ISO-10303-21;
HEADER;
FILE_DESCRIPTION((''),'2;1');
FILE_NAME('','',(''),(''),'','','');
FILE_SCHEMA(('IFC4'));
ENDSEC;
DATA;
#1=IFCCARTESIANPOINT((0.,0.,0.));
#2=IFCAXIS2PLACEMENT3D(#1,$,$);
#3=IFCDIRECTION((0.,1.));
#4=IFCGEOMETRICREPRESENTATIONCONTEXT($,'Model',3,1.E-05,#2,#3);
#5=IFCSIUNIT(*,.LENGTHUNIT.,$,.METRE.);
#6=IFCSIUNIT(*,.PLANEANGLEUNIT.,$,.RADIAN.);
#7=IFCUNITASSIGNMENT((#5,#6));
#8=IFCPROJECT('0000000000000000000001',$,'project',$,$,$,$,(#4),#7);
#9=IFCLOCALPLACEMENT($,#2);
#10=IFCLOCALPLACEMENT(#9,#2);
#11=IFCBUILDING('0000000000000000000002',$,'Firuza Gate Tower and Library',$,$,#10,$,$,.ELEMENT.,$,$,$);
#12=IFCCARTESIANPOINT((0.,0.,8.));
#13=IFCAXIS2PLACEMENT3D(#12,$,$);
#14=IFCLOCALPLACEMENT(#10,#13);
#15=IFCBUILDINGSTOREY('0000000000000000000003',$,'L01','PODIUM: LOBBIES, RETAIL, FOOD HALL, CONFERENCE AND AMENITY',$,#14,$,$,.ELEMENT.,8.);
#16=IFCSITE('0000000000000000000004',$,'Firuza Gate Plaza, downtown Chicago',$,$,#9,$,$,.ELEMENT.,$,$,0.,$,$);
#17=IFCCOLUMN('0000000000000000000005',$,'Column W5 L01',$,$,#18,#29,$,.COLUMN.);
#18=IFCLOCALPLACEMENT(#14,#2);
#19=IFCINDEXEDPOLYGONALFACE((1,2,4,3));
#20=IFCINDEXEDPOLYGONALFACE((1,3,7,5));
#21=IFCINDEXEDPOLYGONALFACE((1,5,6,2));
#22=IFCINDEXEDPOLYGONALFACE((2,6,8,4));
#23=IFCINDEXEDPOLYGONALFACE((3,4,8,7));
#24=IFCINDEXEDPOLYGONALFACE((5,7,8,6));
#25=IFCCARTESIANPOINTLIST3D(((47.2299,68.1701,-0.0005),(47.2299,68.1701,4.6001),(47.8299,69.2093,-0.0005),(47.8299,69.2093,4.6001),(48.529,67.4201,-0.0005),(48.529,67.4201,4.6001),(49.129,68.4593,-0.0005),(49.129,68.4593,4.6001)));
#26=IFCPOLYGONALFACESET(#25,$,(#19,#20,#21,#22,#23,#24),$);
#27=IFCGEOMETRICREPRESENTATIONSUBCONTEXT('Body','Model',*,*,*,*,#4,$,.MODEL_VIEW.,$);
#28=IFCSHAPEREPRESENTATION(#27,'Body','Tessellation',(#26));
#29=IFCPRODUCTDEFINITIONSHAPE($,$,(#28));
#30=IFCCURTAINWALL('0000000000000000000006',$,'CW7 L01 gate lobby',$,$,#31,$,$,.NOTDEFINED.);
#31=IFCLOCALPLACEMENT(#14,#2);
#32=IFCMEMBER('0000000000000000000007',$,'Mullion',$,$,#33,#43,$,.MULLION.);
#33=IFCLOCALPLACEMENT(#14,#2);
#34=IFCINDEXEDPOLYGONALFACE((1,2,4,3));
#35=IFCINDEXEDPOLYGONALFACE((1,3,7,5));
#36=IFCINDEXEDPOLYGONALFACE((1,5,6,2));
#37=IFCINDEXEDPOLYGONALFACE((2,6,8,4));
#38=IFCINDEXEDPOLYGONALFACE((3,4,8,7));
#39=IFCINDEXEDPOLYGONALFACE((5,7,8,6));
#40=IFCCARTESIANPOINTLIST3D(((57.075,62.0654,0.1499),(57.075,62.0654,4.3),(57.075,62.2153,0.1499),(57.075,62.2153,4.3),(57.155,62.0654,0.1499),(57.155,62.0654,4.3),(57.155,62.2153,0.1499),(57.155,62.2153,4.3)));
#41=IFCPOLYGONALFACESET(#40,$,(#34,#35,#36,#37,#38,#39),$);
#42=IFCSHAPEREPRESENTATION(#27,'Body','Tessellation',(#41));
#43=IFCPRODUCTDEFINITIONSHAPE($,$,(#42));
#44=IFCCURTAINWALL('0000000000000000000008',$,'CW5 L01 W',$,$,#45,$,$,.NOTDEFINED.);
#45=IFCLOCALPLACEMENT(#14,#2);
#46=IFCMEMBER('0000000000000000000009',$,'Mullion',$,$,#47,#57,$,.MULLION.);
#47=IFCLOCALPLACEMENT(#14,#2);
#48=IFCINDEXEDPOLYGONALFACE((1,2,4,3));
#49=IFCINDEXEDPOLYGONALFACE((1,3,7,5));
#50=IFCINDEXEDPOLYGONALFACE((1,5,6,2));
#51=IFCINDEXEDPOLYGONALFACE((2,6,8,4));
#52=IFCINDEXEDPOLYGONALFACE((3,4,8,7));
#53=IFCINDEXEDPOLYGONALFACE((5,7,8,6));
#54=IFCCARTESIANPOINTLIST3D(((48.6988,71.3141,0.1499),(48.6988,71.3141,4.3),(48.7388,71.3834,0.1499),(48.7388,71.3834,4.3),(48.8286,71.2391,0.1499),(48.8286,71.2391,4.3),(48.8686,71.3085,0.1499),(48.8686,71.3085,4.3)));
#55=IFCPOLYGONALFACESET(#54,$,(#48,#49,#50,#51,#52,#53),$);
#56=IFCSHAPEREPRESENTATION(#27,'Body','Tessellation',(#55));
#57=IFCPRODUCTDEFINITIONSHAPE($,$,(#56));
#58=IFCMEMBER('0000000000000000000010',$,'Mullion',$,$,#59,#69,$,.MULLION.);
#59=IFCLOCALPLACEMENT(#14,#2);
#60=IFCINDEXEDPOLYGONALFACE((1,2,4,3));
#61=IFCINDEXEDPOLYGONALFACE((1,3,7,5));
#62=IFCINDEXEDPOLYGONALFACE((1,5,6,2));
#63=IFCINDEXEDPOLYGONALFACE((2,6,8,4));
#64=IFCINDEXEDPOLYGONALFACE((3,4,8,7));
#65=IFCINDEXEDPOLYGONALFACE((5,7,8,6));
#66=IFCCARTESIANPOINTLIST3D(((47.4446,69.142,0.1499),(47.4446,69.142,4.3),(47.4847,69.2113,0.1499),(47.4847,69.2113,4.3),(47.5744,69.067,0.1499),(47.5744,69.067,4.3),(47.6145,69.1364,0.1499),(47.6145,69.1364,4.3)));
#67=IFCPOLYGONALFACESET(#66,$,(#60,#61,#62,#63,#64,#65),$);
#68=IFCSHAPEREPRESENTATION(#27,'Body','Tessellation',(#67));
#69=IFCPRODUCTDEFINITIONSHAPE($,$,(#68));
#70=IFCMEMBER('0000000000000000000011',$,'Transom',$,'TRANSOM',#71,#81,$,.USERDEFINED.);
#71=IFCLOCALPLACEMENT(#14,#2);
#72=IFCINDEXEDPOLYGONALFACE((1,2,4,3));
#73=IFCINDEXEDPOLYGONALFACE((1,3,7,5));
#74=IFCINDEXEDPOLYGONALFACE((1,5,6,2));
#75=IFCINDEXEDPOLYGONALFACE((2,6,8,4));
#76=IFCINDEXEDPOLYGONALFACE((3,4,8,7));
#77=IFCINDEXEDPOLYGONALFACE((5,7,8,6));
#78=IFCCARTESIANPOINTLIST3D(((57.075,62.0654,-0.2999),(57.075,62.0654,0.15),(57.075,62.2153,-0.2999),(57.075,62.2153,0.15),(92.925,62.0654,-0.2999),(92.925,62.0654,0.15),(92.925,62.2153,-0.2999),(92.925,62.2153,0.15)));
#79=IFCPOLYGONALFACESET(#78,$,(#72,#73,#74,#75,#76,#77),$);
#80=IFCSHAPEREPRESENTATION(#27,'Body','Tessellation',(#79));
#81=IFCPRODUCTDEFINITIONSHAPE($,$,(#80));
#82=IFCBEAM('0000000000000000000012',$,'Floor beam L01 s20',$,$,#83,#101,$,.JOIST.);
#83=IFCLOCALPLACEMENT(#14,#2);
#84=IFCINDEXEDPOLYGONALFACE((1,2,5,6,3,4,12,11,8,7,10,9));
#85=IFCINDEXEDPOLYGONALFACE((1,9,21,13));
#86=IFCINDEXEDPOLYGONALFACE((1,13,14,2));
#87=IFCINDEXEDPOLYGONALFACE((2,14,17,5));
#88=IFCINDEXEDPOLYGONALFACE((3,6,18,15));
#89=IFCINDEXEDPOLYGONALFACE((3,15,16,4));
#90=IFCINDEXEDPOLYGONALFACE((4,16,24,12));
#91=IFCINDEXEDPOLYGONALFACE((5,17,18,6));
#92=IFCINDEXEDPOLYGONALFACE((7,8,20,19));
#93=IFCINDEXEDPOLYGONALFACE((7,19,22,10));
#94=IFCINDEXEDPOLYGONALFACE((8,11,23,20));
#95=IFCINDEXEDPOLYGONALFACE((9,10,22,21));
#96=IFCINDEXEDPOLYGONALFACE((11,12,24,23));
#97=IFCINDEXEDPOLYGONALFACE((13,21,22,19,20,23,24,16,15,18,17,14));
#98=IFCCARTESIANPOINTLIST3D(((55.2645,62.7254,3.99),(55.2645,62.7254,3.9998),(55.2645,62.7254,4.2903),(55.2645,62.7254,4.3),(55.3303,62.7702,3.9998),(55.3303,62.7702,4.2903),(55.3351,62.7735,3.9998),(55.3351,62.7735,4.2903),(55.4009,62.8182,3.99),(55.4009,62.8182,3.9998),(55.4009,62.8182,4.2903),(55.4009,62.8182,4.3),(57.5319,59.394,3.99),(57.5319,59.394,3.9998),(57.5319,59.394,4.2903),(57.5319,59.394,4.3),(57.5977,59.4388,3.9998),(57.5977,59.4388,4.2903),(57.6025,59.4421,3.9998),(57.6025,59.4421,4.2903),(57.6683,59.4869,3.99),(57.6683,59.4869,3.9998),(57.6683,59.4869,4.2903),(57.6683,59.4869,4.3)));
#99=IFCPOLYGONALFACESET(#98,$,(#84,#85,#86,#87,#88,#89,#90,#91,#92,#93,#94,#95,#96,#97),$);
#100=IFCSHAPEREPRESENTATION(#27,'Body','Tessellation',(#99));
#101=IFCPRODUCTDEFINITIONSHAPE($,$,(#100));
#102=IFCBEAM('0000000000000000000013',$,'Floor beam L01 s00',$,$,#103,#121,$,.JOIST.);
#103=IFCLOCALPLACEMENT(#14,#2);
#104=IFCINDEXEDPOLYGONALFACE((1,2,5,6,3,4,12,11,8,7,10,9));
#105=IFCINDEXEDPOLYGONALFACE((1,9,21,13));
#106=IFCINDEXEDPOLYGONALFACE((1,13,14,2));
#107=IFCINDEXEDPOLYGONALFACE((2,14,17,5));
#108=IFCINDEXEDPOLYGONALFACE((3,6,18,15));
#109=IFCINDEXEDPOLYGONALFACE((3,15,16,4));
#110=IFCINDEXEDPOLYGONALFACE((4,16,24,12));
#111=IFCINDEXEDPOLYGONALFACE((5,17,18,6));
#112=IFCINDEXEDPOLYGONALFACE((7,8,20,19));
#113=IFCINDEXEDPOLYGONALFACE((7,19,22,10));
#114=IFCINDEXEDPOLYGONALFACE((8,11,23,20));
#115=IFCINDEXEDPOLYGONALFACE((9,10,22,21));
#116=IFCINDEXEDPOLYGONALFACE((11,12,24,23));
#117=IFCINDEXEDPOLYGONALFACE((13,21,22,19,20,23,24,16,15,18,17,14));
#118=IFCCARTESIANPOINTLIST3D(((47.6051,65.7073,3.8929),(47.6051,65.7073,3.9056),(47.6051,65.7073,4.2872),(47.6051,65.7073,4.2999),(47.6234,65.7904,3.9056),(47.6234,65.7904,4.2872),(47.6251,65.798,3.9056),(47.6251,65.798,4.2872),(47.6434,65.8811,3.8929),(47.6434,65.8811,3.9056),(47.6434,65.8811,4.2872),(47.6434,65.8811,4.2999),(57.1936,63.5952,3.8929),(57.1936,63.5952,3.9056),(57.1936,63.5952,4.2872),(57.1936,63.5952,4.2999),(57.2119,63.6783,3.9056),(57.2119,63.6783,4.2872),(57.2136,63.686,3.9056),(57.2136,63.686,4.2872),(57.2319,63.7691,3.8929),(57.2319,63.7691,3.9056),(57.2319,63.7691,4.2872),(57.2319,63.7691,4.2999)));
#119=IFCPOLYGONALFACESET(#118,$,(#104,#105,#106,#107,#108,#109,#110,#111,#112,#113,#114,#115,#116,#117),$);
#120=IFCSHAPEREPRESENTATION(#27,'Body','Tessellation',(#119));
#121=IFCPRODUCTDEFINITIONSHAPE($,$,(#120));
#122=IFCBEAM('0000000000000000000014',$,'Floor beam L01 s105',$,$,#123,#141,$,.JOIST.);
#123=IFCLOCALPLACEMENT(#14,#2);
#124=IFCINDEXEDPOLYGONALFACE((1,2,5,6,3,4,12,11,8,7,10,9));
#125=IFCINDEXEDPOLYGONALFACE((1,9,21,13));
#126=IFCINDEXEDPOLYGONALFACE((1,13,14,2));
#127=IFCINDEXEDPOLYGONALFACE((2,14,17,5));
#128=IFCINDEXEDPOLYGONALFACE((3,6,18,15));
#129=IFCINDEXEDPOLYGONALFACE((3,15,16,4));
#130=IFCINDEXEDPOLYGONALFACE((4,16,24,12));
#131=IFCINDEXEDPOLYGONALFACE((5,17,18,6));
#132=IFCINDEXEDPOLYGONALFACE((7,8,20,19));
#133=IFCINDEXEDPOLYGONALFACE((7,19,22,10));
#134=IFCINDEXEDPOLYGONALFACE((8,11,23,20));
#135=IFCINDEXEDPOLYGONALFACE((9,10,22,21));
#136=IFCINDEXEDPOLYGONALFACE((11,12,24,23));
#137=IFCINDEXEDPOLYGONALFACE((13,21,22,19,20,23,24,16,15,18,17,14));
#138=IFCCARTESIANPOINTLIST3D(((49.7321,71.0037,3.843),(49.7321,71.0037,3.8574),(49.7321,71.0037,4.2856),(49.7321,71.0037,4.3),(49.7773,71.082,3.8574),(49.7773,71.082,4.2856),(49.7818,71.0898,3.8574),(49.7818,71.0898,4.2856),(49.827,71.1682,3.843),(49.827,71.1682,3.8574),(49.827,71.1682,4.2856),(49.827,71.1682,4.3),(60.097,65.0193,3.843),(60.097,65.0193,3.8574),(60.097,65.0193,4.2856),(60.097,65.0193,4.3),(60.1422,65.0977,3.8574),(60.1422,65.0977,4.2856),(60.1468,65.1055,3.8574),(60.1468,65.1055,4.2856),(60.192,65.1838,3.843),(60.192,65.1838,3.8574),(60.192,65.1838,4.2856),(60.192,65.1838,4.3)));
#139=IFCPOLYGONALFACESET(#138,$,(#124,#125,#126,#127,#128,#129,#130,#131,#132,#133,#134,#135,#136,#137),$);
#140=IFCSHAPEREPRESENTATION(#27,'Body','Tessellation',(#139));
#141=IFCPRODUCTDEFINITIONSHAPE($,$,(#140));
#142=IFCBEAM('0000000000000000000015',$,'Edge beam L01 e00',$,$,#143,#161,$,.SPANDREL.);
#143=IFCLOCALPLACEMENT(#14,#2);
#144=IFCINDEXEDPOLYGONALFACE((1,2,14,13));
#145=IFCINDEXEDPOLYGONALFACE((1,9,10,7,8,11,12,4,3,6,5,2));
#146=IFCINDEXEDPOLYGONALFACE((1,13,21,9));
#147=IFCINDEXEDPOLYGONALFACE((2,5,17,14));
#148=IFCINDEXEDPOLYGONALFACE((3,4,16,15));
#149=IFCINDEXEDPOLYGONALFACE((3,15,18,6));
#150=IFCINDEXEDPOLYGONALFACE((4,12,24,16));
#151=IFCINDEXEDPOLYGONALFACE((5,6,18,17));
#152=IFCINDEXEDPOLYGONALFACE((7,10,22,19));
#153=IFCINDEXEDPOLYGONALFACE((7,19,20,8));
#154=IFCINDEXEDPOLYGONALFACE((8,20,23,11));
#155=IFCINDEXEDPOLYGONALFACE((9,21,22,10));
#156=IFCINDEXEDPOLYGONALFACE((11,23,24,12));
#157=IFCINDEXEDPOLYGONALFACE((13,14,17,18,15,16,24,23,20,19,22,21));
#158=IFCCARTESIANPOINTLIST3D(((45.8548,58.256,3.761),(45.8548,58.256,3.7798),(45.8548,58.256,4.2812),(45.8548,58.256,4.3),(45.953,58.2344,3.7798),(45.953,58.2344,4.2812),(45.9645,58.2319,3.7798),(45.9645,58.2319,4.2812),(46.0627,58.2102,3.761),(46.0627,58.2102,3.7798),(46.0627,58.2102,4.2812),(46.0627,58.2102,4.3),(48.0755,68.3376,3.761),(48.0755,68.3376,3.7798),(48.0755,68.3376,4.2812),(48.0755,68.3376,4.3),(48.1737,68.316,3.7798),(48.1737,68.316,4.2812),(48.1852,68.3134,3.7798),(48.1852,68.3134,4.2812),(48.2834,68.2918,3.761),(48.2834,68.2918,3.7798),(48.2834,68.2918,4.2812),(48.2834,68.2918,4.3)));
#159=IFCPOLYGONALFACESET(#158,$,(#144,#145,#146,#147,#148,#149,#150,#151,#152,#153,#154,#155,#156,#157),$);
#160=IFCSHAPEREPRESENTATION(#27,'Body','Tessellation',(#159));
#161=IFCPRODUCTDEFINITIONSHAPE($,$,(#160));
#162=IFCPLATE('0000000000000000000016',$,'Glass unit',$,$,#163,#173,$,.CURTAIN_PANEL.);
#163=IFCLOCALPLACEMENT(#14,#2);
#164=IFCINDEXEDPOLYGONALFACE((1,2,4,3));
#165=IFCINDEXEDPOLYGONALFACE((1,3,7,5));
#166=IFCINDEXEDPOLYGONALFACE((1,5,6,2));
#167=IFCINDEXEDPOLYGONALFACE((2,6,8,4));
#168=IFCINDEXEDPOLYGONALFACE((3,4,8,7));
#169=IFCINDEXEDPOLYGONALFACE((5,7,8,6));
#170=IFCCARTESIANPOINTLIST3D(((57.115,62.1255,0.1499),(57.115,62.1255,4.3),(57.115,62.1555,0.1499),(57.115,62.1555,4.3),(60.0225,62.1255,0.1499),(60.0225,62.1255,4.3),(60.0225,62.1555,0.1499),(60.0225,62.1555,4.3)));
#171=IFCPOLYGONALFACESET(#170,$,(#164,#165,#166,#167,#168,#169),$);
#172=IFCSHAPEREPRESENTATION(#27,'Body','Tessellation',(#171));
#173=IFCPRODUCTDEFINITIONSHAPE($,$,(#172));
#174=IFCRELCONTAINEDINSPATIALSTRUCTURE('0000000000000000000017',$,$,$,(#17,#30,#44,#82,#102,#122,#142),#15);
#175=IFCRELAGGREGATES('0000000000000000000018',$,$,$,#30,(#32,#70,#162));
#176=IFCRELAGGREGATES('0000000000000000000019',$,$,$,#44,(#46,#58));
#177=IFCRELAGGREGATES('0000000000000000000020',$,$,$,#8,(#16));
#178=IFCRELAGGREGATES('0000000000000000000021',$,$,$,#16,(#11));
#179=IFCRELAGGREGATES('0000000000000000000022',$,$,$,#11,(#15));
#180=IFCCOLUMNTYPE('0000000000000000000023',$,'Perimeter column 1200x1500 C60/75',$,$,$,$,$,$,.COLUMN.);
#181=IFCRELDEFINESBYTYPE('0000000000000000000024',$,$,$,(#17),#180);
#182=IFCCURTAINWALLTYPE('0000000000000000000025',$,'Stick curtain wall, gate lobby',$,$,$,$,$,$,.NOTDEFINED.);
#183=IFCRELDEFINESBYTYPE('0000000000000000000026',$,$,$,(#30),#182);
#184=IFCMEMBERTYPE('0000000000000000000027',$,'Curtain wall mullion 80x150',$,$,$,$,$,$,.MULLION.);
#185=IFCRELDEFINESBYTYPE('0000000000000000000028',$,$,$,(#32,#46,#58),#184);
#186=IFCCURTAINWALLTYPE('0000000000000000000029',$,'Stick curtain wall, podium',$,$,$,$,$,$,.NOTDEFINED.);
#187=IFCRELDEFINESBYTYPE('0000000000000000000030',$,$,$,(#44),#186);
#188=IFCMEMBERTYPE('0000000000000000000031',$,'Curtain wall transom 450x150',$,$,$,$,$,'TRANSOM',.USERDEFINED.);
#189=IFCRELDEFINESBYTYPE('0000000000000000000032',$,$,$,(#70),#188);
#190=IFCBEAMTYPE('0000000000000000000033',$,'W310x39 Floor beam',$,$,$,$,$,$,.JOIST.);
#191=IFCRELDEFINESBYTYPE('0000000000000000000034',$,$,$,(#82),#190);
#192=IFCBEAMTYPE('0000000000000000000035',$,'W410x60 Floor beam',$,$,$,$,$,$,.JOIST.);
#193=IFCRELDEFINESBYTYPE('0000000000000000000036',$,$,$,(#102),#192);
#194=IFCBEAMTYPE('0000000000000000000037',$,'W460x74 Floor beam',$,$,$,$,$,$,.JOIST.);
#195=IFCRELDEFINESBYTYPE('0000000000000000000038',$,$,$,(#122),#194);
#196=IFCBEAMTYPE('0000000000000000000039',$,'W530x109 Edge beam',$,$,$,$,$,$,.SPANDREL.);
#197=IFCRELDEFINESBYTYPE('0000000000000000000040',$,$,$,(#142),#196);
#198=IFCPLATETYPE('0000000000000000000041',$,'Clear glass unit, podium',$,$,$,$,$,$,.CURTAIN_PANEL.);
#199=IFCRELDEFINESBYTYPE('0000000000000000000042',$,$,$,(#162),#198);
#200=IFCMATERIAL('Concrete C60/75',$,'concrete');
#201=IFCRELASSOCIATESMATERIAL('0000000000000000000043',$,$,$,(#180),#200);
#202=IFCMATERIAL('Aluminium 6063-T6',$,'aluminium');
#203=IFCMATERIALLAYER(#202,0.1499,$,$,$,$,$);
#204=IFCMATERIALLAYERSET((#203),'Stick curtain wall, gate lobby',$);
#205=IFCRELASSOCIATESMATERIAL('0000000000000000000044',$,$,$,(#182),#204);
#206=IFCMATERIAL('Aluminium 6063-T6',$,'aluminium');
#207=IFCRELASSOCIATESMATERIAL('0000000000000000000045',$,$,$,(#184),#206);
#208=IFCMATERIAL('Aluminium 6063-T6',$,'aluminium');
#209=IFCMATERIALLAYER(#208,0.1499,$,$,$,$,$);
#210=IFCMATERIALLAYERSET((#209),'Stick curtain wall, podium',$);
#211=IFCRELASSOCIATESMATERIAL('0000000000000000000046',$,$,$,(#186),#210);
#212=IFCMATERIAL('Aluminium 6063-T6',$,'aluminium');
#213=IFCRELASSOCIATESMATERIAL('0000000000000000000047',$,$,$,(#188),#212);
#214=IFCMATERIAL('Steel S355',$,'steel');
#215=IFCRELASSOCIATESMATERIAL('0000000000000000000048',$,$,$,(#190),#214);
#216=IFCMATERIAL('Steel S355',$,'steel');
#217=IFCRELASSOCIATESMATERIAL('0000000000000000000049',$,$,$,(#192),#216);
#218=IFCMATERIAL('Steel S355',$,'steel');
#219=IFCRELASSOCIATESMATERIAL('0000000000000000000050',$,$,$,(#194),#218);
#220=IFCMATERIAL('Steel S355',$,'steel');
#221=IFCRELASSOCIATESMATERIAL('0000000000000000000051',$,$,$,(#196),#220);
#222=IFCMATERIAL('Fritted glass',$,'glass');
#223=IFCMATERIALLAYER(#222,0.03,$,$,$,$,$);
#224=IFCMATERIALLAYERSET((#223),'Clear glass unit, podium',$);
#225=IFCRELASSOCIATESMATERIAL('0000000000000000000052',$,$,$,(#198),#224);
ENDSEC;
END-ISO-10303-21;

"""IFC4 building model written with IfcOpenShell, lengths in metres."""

from ifc_helpers import new_model, si_unit, direction, frame, origin, origin_2d, place, context, subcontext, project, spatial, polyline, rectangle, i_section, outline, extrude, material, layer, layer_set, material_profile, profile_set, type_object, element, aggregate, save


model = new_model("IFC4")

# Units and contexts
model_context = context("Model", 3, precision=1e-05, world=origin(), true_north=direction((0.0, 1.0)))
body_context = subcontext(model_context, "Body", "Model", "MODEL_VIEW")
ifc_project = project(units=[si_unit("LENGTHUNIT", "METRE"), si_unit("PLANEANGLEUNIT", "RADIAN")], contexts=[model_context])

# Site, building, storey
site_placement = place(None, origin())
site = spatial("IfcSite", under=ifc_project, at=site_placement, Name="Firuza Gate Plaza, downtown Chicago", CompositionType="ELEMENT", RefElevation=0.0)
building_placement = place(site_placement, origin())
building = spatial("IfcBuilding", under=site, at=building_placement, Name="Firuza Gate Tower and Library", CompositionType="ELEMENT")
storey_placement = place(building_placement, frame((0.0, 0.0, 8.0)))
storey = spatial("IfcBuildingStorey", under=building, at=storey_placement, Name="L01", Description="PODIUM: LOBBIES, RETAIL, FOOD HALL, CONFERENCE AND AMENITY", CompositionType="ELEMENT", Elevation=8.0)

# Column
ifc_material_1 = material(Name="Concrete C60/75", Category="concrete")
ifc_material_profile_1 = material_profile(ifc_material_1, rectangle(XDim=1.2, YDim=1.5, at=origin_2d()))
ifc_profile_set_1 = profile_set([ifc_material_profile_1], Name="Concrete C60/75")
column_type = type_object("IfcColumnType", Name="Perimeter column 1200x1500 C60/75", PredefinedType="COLUMN", material=ifc_profile_set_1)
column_placement = place(storey_placement, frame((48.1794, 68.3147, -0.0005), z_axis=(0.0, 0.0, 1.0), x_axis=(-0.5, -0.866025, 0.0)))
element("IfcColumn", 1, at=column_placement, inside=storey, type_object=column_type, Name="Column W5 L01", PredefinedType="COLUMN", context=body_context, shape_type="SweptSolid", body=[
    extrude(rectangle(XDim=1.2, YDim=1.5, at=origin_2d()), origin(), (0.0, 0.0, 1.0), 4.6006),
])

# Curtain wall, member
ifc_material_2 = material(Name="Aluminium 6063-T6", Category="aluminium")
ifc_layer_1 = layer(ifc_material_2, 0.1499)
ifc_layer_set_1 = layer_set([ifc_layer_1], Name="Stick curtain wall, gate lobby")
curtain_wall_type_1 = type_object("IfcCurtainWallType", Name="Stick curtain wall, gate lobby", PredefinedType="NOTDEFINED", material=ifc_layer_set_1)
placement = place(storey_placement, origin())
curtain_wall_1 = element("IfcCurtainWall", 2, at=placement, inside=storey, type_object=curtain_wall_type_1, Name="CW7 L01 gate lobby", PredefinedType="NOTDEFINED")
ifc_material_3 = material(Name="Aluminium 6063-T6", Category="aluminium")
ifc_material_profile_2 = material_profile(ifc_material_3, rectangle(XDim=0.1499, YDim=0.0801, at=origin_2d()))
ifc_profile_set_2 = profile_set([ifc_material_profile_2], Name="Aluminium 6063-T6")
member_type_1 = type_object("IfcMemberType", Name="Curtain wall mullion 80x150", PredefinedType="MULLION", material=ifc_profile_set_2)
member_1_placement = place(storey_placement, frame((57.115, 62.1404, 0.1499), z_axis=(0.0, 0.0, 1.0), x_axis=(0.0, 1.0, 0.0)))
member_1 = element("IfcMember", 3, at=member_1_placement, type_object=member_type_1, Name="Mullion", PredefinedType="MULLION", context=body_context, shape_type="SweptSolid", body=[
    extrude(rectangle(XDim=0.1499, YDim=0.0801, at=origin_2d()), origin(), (0.0, 0.0, 1.0), 4.1501),
])

# Curtain wall, members
ifc_material_4 = material(Name="Aluminium 6063-T6", Category="aluminium")
ifc_layer_2 = layer(ifc_material_4, 0.1499)
ifc_layer_set_2 = layer_set([ifc_layer_2], Name="Stick curtain wall, podium")
curtain_wall_type_2 = type_object("IfcCurtainWallType", Name="Stick curtain wall, podium", PredefinedType="NOTDEFINED", material=ifc_layer_set_2)
curtain_wall_2 = element("IfcCurtainWall", 4, at=placement, inside=storey, type_object=curtain_wall_type_2, Name="CW5 L01 W", PredefinedType="NOTDEFINED")
member_2_placement = place(storey_placement, frame((48.7837, 71.3113, 0.1499), z_axis=(0.0, 0.0, 1.0), x_axis=(0.866025, -0.5, 0.0)))
member_2 = element("IfcMember", 5, at=member_2_placement, type_object=member_type_1, Name="Mullion", PredefinedType="MULLION", context=body_context, shape_type="SweptSolid", body=[
    extrude(rectangle(XDim=0.1499, YDim=0.0801, at=origin_2d()), origin(), (0.0, 0.0, 1.0), 4.1501),
])
member_3_placement = place(storey_placement, frame((47.5295, 69.1392, 0.1499), z_axis=(0.0, 0.0, 1.0), x_axis=(0.866025, -0.5, 0.0)))
member_3 = element("IfcMember", 6, at=member_3_placement, type_object=member_type_1, Name="Mullion", PredefinedType="MULLION", context=body_context, shape_type="SweptSolid", body=[
    extrude(rectangle(XDim=0.1499, YDim=0.0801, at=origin_2d()), origin(), (0.0, 0.0, 1.0), 4.1501),
])

# Member
ifc_material_5 = material(Name="Aluminium 6063-T6", Category="aluminium")
ifc_material_profile_3 = material_profile(ifc_material_5, rectangle(XDim=0.1499, YDim=0.45, at=origin_2d()))
ifc_profile_set_3 = profile_set([ifc_material_profile_3], Name="Aluminium 6063-T6")
member_type_2 = type_object("IfcMemberType", Name="Curtain wall transom 450x150", ElementType="TRANSOM", PredefinedType="USERDEFINED", material=ifc_profile_set_3)
member_4_placement = place(storey_placement, frame((57.075, 62.1404, -0.075), z_axis=(1.0, 0.0, 0.0), x_axis=(0.0, 1.0, 0.0)))
member_4 = element("IfcMember", 7, at=member_4_placement, type_object=member_type_2, Name="Transom", ObjectType="TRANSOM", PredefinedType="USERDEFINED", context=body_context, shape_type="SweptSolid", body=[
    extrude(rectangle(XDim=0.1499, YDim=0.45, at=origin_2d()), origin(), (0.0, 0.0, 1.0), 35.8501),
])

# Beams
ifc_material_6 = material(Name="Steel S355", Category="steel")
ifc_material_profile_4 = material_profile(ifc_material_6, i_section(OverallWidth=0.165, OverallDepth=0.3101, WebThickness=0.0059, FlangeThickness=0.0098, at=origin_2d()))
ifc_profile_set_4 = profile_set([ifc_material_profile_4], Name="Steel S355")
beam_type_1 = type_object("IfcBeamType", Name="W310x39 Floor beam", PredefinedType="JOIST", material=ifc_profile_set_4)
beam_1_placement = place(storey_placement, frame((57.6001, 59.4404, 4.145), z_axis=(-0.562658, 0.82669, 0.0), x_axis=(-0.82669, -0.562658, 0.0)))
element("IfcBeam", 8, at=beam_1_placement, inside=storey, type_object=beam_type_1, Name="Floor beam L01 s20", PredefinedType="JOIST", context=body_context, shape_type="SweptSolid", body=[
    extrude(i_section(OverallWidth=0.165, OverallDepth=0.3101, WebThickness=0.0059, FlangeThickness=0.0098, at=origin_2d()), origin(), (0.0, 0.0, 1.0), 4.0298),
])
ifc_material_7 = material(Name="Steel S355", Category="steel")
ifc_material_profile_5 = material_profile(ifc_material_7, i_section(OverallWidth=0.178, OverallDepth=0.407, WebThickness=0.0078, FlangeThickness=0.0127, at=origin_2d()))
ifc_profile_set_5 = profile_set([ifc_material_profile_5], Name="Steel S355")
beam_type_2 = type_object("IfcBeamType", Name="W410x60 Floor beam", PredefinedType="JOIST", material=ifc_profile_set_5)
beam_2_placement = place(storey_placement, frame((47.6243, 65.7942, 4.0964), z_axis=(0.97659, -0.215111, 0.0), x_axis=(0.215111, 0.97659, 0.0)))
element("IfcBeam", 9, at=beam_2_placement, inside=storey, type_object=beam_type_2, Name="Floor beam L01 s00", PredefinedType="JOIST", context=body_context, shape_type="SweptSolid", body=[
    extrude(i_section(OverallWidth=0.178, OverallDepth=0.407, WebThickness=0.0078, FlangeThickness=0.0127, at=origin_2d()), origin(), (0.0, 0.0, 1.0), 9.8184),
])
ifc_material_8 = material(Name="Steel S355", Category="steel")
ifc_material_profile_6 = material_profile(ifc_material_8, i_section(OverallWidth=0.1899, OverallDepth=0.457, WebThickness=0.009, FlangeThickness=0.0144, at=origin_2d()))
ifc_profile_set_6 = profile_set([ifc_material_profile_6], Name="Steel S355")
beam_type_3 = type_object("IfcBeamType", Name="W460x74 Floor beam", PredefinedType="JOIST", material=ifc_profile_set_6)
beam_3_placement = place(storey_placement, frame((49.7795, 71.0859, 4.0715), z_axis=(0.86602, -0.500009, 0.0), x_axis=(0.500009, 0.86602, 0.0)))
element("IfcBeam", 10, at=beam_3_placement, inside=storey, type_object=beam_type_3, Name="Floor beam L01 s105", PredefinedType="JOIST", context=body_context, shape_type="SweptSolid", body=[
    extrude(i_section(OverallWidth=0.1899, OverallDepth=0.457, WebThickness=0.009, FlangeThickness=0.0144, at=origin_2d()), origin(), (0.0, 0.0, 1.0), 11.9685),
])
ifc_material_9 = material(Name="Steel S355", Category="steel")
ifc_material_profile_7 = material_profile(ifc_material_9, i_section(OverallWidth=0.2129, OverallDepth=0.5391, WebThickness=0.0117, FlangeThickness=0.0188, at=origin_2d()))
ifc_profile_set_7 = profile_set([ifc_material_profile_7], Name="Steel S355")
beam_type_4 = type_object("IfcBeamType", Name="W530x109 Edge beam", PredefinedType="SPANDREL", material=ifc_profile_set_7)
beam_4_placement = place(storey_placement, frame((48.1794, 68.3147, 4.0305), z_axis=(-0.215117, -0.976588, 0.0), x_axis=(0.976588, -0.215117, 0.0)))
element("IfcBeam", 11, at=beam_4_placement, inside=storey, type_object=beam_type_4, Name="Edge beam L01 e00", PredefinedType="SPANDREL", context=body_context, shape_type="SweptSolid", body=[
    extrude(i_section(OverallWidth=0.2129, OverallDepth=0.5391, WebThickness=0.0117, FlangeThickness=0.0188, at=origin_2d()), origin(), (0.0, 0.0, 1.0), 10.3232),
])

# Plate
ifc_material_10 = material(Name="Fritted glass", Category="glass")
ifc_layer_3 = layer(ifc_material_10, 0.03)
ifc_layer_set_3 = layer_set([ifc_layer_3], Name="Clear glass unit, podium")
plate_type = type_object("IfcPlateType", Name="Clear glass unit, podium", PredefinedType="CURTAIN_PANEL", material=ifc_layer_set_3)
plate_1_placement = place(storey_placement, frame((57.115, 62.1255, 0.1499), z_axis=(0.0, -1.0, 0.0), x_axis=(1.0, 0.0, 0.0)))
plate_1 = element("IfcPlate", 12, at=plate_1_placement, type_object=plate_type, Name="Glass unit", PredefinedType="CURTAIN_PANEL", context=body_context, shape_type="SweptSolid", body=[
    extrude(outline(polyline([(0.0, 0.0), (2.9075, 0.0), (2.9075, 4.1501), (0.0, 4.1501), (0.0, 0.0)])), origin(), (0.0, 0.0, -1.0), 0.03),
])
aggregate(curtain_wall_1, [member_1, member_4, plate_1])
aggregate(curtain_wall_2, [member_2, member_3])

save(model, "model.ifc")
